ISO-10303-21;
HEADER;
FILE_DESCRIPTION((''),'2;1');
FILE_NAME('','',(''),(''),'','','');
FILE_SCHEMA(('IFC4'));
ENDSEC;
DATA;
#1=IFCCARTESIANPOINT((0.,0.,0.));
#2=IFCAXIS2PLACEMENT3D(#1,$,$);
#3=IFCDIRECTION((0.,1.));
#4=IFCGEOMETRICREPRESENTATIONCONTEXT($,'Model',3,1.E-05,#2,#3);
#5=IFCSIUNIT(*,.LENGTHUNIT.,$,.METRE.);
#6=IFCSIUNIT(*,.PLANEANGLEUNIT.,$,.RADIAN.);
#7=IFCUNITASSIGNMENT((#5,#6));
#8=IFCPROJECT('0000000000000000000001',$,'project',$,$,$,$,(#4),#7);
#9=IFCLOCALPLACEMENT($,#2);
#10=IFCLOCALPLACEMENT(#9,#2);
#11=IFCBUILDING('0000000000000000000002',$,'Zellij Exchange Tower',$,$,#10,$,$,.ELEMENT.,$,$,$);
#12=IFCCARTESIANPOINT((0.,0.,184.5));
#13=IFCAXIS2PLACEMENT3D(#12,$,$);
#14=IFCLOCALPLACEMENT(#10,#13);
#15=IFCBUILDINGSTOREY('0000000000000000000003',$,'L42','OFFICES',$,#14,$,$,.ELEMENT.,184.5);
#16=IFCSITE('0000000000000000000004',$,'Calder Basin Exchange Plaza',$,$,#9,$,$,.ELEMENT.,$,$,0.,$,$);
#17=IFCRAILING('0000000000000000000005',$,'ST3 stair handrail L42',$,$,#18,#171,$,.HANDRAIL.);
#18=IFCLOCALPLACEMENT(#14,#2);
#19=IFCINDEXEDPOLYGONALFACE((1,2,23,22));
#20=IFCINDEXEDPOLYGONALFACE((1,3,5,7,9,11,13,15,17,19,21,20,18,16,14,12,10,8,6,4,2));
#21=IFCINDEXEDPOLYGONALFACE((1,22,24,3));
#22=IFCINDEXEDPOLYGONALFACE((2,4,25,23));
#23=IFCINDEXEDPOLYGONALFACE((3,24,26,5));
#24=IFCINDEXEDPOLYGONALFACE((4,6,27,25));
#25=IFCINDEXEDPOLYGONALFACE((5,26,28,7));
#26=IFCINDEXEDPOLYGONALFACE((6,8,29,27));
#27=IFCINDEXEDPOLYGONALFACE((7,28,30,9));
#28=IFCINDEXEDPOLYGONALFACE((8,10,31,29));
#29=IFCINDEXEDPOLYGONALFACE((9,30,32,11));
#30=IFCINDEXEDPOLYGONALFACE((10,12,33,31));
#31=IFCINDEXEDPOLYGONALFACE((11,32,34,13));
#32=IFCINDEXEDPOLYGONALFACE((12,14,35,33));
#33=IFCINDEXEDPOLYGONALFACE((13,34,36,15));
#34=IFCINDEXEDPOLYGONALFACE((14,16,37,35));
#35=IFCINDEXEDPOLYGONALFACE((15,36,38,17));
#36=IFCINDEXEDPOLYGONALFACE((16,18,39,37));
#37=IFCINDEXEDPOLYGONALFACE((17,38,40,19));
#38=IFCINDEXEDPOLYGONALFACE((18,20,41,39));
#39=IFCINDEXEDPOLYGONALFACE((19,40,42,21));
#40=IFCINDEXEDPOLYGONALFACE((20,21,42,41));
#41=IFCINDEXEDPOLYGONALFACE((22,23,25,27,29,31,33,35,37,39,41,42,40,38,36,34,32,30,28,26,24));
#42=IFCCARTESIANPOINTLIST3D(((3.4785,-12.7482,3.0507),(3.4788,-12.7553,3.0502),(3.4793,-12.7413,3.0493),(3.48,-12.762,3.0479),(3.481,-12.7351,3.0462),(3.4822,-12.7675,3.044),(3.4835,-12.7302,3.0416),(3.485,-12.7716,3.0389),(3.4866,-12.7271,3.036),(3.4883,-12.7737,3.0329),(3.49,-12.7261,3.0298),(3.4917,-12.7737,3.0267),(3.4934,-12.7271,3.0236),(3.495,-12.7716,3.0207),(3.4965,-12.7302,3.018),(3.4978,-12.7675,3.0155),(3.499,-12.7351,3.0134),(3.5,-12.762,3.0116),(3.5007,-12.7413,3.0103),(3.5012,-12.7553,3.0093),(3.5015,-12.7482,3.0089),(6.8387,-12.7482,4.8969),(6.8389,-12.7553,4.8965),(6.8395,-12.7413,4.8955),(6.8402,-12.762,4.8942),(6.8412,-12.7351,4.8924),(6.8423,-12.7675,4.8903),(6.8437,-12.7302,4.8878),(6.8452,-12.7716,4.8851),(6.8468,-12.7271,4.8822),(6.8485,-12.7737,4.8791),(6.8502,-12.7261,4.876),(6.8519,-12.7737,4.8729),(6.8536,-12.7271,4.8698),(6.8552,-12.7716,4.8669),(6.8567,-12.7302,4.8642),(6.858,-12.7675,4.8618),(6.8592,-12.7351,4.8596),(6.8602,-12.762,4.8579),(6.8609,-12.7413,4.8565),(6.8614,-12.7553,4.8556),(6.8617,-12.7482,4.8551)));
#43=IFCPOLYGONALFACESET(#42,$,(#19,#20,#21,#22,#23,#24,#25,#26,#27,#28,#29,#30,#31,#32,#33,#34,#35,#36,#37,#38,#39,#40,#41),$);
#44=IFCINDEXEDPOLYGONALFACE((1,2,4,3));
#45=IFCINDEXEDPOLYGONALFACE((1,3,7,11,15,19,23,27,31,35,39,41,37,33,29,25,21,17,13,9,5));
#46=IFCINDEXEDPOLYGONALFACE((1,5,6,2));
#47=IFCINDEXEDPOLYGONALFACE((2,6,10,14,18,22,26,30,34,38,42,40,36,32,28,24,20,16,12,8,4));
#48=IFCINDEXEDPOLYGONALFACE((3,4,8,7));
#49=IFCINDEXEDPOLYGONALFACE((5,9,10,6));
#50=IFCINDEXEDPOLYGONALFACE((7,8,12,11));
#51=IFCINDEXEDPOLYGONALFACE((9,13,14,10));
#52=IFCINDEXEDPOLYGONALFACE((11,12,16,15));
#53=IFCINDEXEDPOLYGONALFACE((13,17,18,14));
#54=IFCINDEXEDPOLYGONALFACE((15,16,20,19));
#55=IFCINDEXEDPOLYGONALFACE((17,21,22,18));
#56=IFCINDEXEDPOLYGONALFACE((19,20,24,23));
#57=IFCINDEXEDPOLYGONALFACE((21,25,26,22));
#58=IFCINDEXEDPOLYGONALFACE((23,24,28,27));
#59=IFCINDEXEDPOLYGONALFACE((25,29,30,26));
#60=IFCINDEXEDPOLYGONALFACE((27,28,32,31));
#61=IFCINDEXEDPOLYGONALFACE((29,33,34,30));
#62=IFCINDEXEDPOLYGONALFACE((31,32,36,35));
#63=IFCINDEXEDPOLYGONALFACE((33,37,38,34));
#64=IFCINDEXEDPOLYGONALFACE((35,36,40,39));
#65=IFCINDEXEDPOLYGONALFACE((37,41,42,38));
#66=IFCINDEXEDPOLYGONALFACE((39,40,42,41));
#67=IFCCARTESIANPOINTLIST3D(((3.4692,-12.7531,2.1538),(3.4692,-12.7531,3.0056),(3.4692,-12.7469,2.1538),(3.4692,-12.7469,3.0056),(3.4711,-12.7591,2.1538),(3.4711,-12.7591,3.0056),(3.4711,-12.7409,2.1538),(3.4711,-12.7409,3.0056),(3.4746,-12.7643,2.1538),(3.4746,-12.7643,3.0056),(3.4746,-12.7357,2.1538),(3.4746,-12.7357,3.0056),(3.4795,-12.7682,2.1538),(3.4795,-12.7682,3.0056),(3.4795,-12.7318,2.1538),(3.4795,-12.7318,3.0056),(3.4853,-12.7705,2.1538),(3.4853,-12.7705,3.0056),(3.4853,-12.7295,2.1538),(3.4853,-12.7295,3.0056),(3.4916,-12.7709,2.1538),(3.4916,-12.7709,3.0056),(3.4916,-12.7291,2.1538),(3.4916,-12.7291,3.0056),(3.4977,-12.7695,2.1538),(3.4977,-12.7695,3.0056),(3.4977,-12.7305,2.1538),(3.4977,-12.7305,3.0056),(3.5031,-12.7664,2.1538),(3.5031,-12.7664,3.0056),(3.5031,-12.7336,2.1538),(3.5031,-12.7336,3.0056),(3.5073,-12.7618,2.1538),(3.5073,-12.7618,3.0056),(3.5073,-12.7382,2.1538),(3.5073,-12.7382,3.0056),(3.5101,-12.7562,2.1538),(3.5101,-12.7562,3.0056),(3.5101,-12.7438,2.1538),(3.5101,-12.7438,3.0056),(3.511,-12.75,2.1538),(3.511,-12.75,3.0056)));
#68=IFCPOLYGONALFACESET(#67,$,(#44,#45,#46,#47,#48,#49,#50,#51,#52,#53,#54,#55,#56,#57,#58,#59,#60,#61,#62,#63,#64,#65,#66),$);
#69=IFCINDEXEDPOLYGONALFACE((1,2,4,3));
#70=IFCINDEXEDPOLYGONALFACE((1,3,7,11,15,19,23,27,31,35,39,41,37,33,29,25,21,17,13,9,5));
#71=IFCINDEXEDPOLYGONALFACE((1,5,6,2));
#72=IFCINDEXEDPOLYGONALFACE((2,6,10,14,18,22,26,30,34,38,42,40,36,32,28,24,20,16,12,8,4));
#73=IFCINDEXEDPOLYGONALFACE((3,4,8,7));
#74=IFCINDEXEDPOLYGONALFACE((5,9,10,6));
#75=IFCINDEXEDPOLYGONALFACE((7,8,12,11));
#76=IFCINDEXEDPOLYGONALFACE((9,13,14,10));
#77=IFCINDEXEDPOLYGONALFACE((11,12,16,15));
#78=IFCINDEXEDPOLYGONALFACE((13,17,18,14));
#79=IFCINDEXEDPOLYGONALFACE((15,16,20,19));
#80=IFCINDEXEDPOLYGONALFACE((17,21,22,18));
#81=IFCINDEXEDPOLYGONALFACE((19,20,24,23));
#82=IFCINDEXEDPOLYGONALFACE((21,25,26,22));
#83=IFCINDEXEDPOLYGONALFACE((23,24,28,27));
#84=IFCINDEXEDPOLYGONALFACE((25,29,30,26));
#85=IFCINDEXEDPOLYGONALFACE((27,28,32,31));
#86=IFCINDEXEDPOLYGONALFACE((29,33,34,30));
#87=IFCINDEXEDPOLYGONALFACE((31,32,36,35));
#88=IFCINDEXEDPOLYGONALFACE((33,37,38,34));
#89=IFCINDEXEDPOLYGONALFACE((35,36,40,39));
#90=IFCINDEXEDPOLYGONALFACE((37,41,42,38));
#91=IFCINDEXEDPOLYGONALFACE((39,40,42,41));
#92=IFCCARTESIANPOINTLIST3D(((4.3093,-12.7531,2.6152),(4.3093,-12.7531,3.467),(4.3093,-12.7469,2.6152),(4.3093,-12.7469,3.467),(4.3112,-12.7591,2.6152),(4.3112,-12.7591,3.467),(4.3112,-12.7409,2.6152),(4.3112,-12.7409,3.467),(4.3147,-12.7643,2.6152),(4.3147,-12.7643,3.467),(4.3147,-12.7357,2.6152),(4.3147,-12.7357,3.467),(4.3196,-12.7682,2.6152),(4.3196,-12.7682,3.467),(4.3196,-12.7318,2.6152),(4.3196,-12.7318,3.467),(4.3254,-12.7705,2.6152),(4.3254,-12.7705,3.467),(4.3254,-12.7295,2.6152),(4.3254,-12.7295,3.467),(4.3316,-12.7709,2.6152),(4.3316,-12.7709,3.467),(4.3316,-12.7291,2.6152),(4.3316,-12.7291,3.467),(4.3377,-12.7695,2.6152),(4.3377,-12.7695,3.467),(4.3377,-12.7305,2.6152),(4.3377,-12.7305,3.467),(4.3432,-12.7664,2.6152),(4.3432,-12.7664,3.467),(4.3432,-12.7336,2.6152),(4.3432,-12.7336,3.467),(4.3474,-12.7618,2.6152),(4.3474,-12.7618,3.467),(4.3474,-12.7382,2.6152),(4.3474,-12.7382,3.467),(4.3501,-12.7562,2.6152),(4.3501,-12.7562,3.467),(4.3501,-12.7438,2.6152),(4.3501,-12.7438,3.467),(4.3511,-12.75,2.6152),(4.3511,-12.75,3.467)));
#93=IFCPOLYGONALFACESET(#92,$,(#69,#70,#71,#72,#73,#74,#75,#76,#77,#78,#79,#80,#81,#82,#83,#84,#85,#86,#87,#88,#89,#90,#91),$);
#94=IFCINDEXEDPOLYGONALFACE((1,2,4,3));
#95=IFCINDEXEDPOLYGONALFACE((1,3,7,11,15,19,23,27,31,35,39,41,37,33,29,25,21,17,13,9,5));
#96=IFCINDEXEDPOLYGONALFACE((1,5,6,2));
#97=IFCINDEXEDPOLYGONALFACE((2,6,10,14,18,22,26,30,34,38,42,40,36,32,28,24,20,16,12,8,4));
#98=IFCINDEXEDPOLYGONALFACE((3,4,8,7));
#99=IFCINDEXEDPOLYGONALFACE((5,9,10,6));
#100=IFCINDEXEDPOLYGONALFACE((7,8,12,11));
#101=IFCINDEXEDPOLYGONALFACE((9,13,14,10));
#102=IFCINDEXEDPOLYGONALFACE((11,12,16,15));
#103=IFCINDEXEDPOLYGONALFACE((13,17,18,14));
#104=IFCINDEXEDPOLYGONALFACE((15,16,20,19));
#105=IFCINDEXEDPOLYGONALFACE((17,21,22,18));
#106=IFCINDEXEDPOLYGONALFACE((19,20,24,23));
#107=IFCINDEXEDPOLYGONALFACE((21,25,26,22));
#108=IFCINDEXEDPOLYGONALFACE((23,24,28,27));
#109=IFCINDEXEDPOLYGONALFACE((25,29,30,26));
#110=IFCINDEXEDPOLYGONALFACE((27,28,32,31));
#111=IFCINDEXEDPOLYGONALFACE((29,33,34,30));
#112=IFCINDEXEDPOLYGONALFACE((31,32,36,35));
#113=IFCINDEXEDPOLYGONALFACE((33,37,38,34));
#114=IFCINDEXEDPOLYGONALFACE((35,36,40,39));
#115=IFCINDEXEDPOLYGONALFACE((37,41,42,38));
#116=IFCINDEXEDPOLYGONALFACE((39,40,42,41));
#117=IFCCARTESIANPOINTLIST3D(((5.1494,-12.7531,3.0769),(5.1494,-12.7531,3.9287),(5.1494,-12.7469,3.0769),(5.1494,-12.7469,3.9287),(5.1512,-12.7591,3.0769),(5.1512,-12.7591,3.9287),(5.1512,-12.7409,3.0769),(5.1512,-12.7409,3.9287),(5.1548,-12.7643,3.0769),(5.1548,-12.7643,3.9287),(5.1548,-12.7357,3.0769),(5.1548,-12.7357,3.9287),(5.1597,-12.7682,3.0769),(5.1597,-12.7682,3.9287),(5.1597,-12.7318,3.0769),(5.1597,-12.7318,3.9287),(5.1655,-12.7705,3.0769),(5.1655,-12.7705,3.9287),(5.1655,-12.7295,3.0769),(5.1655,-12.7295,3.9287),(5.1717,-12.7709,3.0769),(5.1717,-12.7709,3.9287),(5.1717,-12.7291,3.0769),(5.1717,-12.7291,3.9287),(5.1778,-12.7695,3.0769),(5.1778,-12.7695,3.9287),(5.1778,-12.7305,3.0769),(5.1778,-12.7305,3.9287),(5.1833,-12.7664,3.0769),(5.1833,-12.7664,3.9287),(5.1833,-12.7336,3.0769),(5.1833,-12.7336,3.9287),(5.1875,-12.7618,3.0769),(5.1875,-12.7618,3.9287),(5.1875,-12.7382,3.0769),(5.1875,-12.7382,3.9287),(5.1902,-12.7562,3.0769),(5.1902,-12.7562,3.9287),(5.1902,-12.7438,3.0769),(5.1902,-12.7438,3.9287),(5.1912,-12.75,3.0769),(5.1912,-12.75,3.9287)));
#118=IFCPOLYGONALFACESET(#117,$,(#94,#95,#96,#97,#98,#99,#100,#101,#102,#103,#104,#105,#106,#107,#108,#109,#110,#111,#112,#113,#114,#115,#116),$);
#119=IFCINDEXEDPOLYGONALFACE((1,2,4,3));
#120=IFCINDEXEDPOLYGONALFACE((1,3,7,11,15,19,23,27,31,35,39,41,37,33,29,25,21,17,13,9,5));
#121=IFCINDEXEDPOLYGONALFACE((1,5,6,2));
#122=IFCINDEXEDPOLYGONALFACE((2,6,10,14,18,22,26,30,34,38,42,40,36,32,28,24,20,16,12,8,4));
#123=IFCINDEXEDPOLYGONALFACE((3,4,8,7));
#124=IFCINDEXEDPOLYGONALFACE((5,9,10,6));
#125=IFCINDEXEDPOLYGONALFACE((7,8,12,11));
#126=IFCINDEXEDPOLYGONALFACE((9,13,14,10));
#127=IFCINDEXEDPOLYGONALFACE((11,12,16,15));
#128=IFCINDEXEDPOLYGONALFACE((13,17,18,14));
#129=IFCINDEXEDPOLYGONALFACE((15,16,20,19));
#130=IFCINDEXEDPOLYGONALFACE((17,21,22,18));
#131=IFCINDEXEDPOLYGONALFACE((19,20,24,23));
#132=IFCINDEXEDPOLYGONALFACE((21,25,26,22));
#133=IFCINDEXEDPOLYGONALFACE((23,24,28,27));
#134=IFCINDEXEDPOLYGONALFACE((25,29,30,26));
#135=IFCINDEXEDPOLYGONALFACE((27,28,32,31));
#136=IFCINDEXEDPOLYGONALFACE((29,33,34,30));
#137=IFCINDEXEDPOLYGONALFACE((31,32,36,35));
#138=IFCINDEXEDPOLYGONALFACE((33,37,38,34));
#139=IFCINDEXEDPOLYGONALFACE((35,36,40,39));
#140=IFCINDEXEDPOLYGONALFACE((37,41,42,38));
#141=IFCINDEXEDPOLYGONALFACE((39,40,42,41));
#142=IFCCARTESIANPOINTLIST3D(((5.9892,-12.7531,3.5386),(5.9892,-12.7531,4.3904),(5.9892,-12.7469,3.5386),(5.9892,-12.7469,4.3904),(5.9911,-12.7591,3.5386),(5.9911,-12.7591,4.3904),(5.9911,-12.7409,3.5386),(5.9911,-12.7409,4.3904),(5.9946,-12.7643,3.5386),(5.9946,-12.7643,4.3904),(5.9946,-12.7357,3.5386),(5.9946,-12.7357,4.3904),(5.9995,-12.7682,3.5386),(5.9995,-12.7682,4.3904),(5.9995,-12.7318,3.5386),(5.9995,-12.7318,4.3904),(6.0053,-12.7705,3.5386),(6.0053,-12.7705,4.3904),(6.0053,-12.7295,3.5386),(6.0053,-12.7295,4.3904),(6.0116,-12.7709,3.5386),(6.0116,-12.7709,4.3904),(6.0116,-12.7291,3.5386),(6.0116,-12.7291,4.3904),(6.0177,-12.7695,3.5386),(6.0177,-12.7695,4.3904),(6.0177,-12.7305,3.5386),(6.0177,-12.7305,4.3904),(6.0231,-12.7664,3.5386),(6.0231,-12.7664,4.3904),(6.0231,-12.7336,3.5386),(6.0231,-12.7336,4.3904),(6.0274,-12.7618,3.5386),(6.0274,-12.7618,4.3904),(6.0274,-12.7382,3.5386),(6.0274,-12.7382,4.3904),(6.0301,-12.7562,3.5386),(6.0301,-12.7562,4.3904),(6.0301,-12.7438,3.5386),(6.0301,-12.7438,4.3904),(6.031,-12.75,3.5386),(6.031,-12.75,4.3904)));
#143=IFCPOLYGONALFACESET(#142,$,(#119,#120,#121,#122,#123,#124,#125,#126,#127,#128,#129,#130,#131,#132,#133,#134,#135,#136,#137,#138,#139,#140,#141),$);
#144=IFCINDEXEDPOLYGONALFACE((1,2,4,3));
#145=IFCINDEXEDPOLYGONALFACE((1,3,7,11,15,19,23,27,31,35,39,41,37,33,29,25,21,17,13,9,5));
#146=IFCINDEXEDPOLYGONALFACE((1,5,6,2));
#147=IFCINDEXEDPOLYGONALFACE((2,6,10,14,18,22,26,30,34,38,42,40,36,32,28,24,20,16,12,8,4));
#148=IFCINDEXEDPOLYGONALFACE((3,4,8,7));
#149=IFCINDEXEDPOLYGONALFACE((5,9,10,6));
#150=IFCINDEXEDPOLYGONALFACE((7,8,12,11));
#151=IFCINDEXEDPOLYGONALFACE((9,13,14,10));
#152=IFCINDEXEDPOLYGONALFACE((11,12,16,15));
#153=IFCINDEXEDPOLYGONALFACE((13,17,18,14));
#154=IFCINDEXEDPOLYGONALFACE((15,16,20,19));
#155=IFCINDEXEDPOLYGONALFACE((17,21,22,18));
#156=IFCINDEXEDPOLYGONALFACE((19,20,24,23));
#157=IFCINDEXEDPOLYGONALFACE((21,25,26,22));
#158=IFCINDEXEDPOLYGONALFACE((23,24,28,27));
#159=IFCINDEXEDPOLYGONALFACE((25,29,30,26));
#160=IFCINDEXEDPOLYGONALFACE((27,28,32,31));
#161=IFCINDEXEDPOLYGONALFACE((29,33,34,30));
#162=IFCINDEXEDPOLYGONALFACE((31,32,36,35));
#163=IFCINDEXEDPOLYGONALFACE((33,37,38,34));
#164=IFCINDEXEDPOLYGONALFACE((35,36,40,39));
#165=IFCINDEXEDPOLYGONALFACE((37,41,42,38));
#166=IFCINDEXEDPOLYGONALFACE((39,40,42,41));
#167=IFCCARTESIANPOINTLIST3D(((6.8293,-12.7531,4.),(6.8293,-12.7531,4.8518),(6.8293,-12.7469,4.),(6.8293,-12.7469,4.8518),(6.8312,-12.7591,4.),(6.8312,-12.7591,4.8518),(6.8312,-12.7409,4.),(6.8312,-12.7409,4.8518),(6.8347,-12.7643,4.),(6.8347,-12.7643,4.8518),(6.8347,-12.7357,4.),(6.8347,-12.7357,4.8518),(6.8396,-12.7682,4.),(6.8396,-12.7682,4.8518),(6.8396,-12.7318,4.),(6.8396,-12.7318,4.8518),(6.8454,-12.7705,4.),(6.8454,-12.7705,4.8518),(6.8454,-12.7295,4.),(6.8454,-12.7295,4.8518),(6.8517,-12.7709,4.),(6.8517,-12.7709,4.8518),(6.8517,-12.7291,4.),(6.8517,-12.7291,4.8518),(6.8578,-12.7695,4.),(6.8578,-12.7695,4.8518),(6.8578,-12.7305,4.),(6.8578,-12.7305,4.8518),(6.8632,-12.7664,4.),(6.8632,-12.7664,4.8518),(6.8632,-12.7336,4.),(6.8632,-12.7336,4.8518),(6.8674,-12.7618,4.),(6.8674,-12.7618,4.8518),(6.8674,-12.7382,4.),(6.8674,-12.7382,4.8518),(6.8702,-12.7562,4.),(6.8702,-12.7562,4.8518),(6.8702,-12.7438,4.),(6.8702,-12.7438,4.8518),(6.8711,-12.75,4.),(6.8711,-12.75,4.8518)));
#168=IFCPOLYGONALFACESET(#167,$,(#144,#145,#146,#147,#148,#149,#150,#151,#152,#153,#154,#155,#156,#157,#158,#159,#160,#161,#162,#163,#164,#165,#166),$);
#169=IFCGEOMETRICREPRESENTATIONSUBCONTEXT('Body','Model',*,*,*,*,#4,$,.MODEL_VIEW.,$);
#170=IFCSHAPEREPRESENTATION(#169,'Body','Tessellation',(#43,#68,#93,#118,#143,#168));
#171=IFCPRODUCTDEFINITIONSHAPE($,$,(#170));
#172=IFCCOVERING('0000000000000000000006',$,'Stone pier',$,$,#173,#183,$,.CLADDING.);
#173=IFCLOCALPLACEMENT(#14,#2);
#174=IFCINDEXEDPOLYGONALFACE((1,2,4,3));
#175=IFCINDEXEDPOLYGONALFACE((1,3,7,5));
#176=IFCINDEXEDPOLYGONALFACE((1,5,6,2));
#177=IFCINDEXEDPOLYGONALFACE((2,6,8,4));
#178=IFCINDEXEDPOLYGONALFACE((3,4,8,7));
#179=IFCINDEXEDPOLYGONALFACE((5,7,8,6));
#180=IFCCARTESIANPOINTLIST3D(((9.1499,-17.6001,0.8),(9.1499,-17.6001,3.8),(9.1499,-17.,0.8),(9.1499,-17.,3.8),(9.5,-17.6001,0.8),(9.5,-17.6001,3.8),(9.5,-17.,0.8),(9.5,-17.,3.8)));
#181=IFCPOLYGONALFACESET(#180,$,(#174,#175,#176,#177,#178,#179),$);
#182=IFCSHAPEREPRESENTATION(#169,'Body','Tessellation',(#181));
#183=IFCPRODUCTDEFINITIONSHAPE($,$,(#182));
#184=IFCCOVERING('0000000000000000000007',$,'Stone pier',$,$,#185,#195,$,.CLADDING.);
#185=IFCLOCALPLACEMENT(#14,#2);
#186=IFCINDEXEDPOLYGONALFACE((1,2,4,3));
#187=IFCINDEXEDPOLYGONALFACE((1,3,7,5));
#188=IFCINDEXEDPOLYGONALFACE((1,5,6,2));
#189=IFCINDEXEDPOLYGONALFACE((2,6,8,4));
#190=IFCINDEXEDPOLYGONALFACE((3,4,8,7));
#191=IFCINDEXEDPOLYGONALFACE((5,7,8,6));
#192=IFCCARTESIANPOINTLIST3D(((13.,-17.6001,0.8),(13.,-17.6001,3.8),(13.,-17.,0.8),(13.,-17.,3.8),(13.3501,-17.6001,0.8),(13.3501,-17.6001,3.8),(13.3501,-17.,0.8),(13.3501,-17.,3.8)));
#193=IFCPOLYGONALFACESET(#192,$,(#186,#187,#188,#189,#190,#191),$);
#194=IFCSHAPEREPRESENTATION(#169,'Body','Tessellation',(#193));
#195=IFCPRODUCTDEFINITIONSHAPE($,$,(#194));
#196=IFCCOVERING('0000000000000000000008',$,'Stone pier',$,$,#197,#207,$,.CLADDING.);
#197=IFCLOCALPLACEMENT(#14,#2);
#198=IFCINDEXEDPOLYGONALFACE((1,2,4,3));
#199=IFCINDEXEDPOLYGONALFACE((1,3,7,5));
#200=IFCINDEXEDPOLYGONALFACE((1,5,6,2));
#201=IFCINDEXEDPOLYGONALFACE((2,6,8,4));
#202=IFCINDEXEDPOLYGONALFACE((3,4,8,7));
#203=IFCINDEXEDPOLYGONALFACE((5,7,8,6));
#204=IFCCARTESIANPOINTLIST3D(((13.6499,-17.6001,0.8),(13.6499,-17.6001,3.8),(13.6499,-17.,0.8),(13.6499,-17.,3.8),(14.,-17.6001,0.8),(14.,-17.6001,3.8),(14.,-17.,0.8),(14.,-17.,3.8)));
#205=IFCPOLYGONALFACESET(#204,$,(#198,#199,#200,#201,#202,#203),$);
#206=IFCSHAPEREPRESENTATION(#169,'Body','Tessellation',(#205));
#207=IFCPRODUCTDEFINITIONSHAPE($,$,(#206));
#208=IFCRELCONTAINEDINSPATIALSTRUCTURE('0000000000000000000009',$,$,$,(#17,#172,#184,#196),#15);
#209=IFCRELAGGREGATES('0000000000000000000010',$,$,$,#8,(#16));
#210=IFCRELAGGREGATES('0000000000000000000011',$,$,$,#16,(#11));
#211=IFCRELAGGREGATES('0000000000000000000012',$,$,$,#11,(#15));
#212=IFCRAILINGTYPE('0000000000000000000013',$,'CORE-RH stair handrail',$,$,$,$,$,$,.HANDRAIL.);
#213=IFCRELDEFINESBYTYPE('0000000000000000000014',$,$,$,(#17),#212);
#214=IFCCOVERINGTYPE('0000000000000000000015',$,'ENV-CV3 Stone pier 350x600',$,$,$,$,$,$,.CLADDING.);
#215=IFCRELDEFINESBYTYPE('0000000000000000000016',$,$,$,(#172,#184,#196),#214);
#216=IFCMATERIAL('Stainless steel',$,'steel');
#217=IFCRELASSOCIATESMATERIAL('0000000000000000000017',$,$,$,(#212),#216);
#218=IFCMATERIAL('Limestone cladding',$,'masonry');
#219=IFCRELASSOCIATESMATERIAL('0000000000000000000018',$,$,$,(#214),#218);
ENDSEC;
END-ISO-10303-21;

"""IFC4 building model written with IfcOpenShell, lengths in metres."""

from ifc_helpers import new_model, si_unit, direction, frame, origin, origin_2d, place, context, subcontext, project, spatial, polyline, circle, outline, extrude, material, type_object, element, save


model = new_model("IFC4")

# Units and contexts
model_context = context("Model", 3, precision=1e-05, world=origin(), true_north=direction((0.0, 1.0)))
body_context = subcontext(model_context, "Body", "Model", "MODEL_VIEW")
ifc_project = project(units=[si_unit("LENGTHUNIT", "METRE"), si_unit("PLANEANGLEUNIT", "RADIAN")], contexts=[model_context])

# Site, building, storey
site_placement = place(None, origin())
site = spatial("IfcSite", under=ifc_project, at=site_placement, Name="Calder Basin Exchange Plaza", CompositionType="ELEMENT", RefElevation=0.0)
building_placement = place(site_placement, origin())
building = spatial("IfcBuilding", under=site, at=building_placement, Name="Zellij Exchange Tower", CompositionType="ELEMENT")
storey_placement = place(building_placement, frame((0.0, 0.0, 184.5)))
storey = spatial("IfcBuildingStorey", under=building, at=storey_placement, Name="L42", Description="OFFICES", CompositionType="ELEMENT", Elevation=184.5)

# Railing
ifc_material_1 = material(Name="Stainless steel", Category="steel")
railing_type_1 = type_object("IfcRailingType", Name="CORE-RH stair handrail", PredefinedType="HANDRAIL", material=ifc_material_1)
railing_1_placement = place(storey_placement, frame((3.49, -12.75, 2.1538)))
element("IfcRailing", 1, at=railing_1_placement, inside=storey, type_object=railing_type_1, Name="ST3 stair handrail L42", PredefinedType="HANDRAIL", context=body_context, shape_type="SweptSolid", body=[
    extrude(circle(Radius=0.0239, at=origin_2d()), frame((0.0, 0.0, 0.876), z_axis=(0.876422, 0.0, 0.481545), x_axis=(0.0, 1.0, 0.0)), (0.0, 0.0, 1.0), 3.834),
    extrude(circle(Radius=0.021, at=origin_2d()), origin(), (0.0, 0.0, 1.0), 0.8518),
    extrude(circle(Radius=0.021, at=origin_2d()), frame((0.8401, 0.0, 0.4614)), (0.0, 0.0, 1.0), 0.8518),
    extrude(circle(Radius=0.021, at=origin_2d()), frame((1.6802, 0.0, 0.9231)), (0.0, 0.0, 1.0), 0.8518),
    extrude(circle(Radius=0.021, at=origin_2d()), frame((2.52, 0.0, 1.3848)), (0.0, 0.0, 1.0), 0.8518),
    extrude(circle(Radius=0.021, at=origin_2d()), frame((3.3601, 0.0, 1.8462)), (0.0, 0.0, 1.0), 0.8518),
])

# Coverings
ifc_material_2 = material(Name="Limestone cladding", Category="masonry")
covering_type = type_object("IfcCoveringType", Name="ENV-CV3 Stone pier 350x600", PredefinedType="CLADDING", material=ifc_material_2)
covering_1_placement = place(storey_placement, frame((0.0, 0.0, 0.8)))
element("IfcCovering", 2, at=covering_1_placement, inside=storey, type_object=covering_type, Name="Stone pier", PredefinedType="CLADDING", context=body_context, shape_type="SweptSolid", body=[
    extrude(outline(polyline([(9.1499, -17.0), (9.5, -17.0), (9.5, -17.6001), (9.1499, -17.6001), (9.1499, -17.0)])), origin(), (0.0, 0.0, 1.0), 3.0),
])
covering_2_placement = place(storey_placement, frame((0.0, 0.0, 0.8)))
element("IfcCovering", 3, at=covering_2_placement, inside=storey, type_object=covering_type, Name="Stone pier", PredefinedType="CLADDING", context=body_context, shape_type="SweptSolid", body=[
    extrude(outline(polyline([(13.0, -17.0), (13.3501, -17.0), (13.3501, -17.6001), (13.0, -17.6001), (13.0, -17.0)])), origin(), (0.0, 0.0, 1.0), 3.0),
])
covering_3_placement = place(storey_placement, frame((0.0, 0.0, 0.8)))
element("IfcCovering", 4, at=covering_3_placement, inside=storey, type_object=covering_type, Name="Stone pier", PredefinedType="CLADDING", context=body_context, shape_type="SweptSolid", body=[
    extrude(outline(polyline([(13.6499, -17.0), (14.0, -17.0), (14.0, -17.6001), (13.6499, -17.6001), (13.6499, -17.0)])), origin(), (0.0, 0.0, 1.0), 3.0),
])

save(model, "model.ifc")
